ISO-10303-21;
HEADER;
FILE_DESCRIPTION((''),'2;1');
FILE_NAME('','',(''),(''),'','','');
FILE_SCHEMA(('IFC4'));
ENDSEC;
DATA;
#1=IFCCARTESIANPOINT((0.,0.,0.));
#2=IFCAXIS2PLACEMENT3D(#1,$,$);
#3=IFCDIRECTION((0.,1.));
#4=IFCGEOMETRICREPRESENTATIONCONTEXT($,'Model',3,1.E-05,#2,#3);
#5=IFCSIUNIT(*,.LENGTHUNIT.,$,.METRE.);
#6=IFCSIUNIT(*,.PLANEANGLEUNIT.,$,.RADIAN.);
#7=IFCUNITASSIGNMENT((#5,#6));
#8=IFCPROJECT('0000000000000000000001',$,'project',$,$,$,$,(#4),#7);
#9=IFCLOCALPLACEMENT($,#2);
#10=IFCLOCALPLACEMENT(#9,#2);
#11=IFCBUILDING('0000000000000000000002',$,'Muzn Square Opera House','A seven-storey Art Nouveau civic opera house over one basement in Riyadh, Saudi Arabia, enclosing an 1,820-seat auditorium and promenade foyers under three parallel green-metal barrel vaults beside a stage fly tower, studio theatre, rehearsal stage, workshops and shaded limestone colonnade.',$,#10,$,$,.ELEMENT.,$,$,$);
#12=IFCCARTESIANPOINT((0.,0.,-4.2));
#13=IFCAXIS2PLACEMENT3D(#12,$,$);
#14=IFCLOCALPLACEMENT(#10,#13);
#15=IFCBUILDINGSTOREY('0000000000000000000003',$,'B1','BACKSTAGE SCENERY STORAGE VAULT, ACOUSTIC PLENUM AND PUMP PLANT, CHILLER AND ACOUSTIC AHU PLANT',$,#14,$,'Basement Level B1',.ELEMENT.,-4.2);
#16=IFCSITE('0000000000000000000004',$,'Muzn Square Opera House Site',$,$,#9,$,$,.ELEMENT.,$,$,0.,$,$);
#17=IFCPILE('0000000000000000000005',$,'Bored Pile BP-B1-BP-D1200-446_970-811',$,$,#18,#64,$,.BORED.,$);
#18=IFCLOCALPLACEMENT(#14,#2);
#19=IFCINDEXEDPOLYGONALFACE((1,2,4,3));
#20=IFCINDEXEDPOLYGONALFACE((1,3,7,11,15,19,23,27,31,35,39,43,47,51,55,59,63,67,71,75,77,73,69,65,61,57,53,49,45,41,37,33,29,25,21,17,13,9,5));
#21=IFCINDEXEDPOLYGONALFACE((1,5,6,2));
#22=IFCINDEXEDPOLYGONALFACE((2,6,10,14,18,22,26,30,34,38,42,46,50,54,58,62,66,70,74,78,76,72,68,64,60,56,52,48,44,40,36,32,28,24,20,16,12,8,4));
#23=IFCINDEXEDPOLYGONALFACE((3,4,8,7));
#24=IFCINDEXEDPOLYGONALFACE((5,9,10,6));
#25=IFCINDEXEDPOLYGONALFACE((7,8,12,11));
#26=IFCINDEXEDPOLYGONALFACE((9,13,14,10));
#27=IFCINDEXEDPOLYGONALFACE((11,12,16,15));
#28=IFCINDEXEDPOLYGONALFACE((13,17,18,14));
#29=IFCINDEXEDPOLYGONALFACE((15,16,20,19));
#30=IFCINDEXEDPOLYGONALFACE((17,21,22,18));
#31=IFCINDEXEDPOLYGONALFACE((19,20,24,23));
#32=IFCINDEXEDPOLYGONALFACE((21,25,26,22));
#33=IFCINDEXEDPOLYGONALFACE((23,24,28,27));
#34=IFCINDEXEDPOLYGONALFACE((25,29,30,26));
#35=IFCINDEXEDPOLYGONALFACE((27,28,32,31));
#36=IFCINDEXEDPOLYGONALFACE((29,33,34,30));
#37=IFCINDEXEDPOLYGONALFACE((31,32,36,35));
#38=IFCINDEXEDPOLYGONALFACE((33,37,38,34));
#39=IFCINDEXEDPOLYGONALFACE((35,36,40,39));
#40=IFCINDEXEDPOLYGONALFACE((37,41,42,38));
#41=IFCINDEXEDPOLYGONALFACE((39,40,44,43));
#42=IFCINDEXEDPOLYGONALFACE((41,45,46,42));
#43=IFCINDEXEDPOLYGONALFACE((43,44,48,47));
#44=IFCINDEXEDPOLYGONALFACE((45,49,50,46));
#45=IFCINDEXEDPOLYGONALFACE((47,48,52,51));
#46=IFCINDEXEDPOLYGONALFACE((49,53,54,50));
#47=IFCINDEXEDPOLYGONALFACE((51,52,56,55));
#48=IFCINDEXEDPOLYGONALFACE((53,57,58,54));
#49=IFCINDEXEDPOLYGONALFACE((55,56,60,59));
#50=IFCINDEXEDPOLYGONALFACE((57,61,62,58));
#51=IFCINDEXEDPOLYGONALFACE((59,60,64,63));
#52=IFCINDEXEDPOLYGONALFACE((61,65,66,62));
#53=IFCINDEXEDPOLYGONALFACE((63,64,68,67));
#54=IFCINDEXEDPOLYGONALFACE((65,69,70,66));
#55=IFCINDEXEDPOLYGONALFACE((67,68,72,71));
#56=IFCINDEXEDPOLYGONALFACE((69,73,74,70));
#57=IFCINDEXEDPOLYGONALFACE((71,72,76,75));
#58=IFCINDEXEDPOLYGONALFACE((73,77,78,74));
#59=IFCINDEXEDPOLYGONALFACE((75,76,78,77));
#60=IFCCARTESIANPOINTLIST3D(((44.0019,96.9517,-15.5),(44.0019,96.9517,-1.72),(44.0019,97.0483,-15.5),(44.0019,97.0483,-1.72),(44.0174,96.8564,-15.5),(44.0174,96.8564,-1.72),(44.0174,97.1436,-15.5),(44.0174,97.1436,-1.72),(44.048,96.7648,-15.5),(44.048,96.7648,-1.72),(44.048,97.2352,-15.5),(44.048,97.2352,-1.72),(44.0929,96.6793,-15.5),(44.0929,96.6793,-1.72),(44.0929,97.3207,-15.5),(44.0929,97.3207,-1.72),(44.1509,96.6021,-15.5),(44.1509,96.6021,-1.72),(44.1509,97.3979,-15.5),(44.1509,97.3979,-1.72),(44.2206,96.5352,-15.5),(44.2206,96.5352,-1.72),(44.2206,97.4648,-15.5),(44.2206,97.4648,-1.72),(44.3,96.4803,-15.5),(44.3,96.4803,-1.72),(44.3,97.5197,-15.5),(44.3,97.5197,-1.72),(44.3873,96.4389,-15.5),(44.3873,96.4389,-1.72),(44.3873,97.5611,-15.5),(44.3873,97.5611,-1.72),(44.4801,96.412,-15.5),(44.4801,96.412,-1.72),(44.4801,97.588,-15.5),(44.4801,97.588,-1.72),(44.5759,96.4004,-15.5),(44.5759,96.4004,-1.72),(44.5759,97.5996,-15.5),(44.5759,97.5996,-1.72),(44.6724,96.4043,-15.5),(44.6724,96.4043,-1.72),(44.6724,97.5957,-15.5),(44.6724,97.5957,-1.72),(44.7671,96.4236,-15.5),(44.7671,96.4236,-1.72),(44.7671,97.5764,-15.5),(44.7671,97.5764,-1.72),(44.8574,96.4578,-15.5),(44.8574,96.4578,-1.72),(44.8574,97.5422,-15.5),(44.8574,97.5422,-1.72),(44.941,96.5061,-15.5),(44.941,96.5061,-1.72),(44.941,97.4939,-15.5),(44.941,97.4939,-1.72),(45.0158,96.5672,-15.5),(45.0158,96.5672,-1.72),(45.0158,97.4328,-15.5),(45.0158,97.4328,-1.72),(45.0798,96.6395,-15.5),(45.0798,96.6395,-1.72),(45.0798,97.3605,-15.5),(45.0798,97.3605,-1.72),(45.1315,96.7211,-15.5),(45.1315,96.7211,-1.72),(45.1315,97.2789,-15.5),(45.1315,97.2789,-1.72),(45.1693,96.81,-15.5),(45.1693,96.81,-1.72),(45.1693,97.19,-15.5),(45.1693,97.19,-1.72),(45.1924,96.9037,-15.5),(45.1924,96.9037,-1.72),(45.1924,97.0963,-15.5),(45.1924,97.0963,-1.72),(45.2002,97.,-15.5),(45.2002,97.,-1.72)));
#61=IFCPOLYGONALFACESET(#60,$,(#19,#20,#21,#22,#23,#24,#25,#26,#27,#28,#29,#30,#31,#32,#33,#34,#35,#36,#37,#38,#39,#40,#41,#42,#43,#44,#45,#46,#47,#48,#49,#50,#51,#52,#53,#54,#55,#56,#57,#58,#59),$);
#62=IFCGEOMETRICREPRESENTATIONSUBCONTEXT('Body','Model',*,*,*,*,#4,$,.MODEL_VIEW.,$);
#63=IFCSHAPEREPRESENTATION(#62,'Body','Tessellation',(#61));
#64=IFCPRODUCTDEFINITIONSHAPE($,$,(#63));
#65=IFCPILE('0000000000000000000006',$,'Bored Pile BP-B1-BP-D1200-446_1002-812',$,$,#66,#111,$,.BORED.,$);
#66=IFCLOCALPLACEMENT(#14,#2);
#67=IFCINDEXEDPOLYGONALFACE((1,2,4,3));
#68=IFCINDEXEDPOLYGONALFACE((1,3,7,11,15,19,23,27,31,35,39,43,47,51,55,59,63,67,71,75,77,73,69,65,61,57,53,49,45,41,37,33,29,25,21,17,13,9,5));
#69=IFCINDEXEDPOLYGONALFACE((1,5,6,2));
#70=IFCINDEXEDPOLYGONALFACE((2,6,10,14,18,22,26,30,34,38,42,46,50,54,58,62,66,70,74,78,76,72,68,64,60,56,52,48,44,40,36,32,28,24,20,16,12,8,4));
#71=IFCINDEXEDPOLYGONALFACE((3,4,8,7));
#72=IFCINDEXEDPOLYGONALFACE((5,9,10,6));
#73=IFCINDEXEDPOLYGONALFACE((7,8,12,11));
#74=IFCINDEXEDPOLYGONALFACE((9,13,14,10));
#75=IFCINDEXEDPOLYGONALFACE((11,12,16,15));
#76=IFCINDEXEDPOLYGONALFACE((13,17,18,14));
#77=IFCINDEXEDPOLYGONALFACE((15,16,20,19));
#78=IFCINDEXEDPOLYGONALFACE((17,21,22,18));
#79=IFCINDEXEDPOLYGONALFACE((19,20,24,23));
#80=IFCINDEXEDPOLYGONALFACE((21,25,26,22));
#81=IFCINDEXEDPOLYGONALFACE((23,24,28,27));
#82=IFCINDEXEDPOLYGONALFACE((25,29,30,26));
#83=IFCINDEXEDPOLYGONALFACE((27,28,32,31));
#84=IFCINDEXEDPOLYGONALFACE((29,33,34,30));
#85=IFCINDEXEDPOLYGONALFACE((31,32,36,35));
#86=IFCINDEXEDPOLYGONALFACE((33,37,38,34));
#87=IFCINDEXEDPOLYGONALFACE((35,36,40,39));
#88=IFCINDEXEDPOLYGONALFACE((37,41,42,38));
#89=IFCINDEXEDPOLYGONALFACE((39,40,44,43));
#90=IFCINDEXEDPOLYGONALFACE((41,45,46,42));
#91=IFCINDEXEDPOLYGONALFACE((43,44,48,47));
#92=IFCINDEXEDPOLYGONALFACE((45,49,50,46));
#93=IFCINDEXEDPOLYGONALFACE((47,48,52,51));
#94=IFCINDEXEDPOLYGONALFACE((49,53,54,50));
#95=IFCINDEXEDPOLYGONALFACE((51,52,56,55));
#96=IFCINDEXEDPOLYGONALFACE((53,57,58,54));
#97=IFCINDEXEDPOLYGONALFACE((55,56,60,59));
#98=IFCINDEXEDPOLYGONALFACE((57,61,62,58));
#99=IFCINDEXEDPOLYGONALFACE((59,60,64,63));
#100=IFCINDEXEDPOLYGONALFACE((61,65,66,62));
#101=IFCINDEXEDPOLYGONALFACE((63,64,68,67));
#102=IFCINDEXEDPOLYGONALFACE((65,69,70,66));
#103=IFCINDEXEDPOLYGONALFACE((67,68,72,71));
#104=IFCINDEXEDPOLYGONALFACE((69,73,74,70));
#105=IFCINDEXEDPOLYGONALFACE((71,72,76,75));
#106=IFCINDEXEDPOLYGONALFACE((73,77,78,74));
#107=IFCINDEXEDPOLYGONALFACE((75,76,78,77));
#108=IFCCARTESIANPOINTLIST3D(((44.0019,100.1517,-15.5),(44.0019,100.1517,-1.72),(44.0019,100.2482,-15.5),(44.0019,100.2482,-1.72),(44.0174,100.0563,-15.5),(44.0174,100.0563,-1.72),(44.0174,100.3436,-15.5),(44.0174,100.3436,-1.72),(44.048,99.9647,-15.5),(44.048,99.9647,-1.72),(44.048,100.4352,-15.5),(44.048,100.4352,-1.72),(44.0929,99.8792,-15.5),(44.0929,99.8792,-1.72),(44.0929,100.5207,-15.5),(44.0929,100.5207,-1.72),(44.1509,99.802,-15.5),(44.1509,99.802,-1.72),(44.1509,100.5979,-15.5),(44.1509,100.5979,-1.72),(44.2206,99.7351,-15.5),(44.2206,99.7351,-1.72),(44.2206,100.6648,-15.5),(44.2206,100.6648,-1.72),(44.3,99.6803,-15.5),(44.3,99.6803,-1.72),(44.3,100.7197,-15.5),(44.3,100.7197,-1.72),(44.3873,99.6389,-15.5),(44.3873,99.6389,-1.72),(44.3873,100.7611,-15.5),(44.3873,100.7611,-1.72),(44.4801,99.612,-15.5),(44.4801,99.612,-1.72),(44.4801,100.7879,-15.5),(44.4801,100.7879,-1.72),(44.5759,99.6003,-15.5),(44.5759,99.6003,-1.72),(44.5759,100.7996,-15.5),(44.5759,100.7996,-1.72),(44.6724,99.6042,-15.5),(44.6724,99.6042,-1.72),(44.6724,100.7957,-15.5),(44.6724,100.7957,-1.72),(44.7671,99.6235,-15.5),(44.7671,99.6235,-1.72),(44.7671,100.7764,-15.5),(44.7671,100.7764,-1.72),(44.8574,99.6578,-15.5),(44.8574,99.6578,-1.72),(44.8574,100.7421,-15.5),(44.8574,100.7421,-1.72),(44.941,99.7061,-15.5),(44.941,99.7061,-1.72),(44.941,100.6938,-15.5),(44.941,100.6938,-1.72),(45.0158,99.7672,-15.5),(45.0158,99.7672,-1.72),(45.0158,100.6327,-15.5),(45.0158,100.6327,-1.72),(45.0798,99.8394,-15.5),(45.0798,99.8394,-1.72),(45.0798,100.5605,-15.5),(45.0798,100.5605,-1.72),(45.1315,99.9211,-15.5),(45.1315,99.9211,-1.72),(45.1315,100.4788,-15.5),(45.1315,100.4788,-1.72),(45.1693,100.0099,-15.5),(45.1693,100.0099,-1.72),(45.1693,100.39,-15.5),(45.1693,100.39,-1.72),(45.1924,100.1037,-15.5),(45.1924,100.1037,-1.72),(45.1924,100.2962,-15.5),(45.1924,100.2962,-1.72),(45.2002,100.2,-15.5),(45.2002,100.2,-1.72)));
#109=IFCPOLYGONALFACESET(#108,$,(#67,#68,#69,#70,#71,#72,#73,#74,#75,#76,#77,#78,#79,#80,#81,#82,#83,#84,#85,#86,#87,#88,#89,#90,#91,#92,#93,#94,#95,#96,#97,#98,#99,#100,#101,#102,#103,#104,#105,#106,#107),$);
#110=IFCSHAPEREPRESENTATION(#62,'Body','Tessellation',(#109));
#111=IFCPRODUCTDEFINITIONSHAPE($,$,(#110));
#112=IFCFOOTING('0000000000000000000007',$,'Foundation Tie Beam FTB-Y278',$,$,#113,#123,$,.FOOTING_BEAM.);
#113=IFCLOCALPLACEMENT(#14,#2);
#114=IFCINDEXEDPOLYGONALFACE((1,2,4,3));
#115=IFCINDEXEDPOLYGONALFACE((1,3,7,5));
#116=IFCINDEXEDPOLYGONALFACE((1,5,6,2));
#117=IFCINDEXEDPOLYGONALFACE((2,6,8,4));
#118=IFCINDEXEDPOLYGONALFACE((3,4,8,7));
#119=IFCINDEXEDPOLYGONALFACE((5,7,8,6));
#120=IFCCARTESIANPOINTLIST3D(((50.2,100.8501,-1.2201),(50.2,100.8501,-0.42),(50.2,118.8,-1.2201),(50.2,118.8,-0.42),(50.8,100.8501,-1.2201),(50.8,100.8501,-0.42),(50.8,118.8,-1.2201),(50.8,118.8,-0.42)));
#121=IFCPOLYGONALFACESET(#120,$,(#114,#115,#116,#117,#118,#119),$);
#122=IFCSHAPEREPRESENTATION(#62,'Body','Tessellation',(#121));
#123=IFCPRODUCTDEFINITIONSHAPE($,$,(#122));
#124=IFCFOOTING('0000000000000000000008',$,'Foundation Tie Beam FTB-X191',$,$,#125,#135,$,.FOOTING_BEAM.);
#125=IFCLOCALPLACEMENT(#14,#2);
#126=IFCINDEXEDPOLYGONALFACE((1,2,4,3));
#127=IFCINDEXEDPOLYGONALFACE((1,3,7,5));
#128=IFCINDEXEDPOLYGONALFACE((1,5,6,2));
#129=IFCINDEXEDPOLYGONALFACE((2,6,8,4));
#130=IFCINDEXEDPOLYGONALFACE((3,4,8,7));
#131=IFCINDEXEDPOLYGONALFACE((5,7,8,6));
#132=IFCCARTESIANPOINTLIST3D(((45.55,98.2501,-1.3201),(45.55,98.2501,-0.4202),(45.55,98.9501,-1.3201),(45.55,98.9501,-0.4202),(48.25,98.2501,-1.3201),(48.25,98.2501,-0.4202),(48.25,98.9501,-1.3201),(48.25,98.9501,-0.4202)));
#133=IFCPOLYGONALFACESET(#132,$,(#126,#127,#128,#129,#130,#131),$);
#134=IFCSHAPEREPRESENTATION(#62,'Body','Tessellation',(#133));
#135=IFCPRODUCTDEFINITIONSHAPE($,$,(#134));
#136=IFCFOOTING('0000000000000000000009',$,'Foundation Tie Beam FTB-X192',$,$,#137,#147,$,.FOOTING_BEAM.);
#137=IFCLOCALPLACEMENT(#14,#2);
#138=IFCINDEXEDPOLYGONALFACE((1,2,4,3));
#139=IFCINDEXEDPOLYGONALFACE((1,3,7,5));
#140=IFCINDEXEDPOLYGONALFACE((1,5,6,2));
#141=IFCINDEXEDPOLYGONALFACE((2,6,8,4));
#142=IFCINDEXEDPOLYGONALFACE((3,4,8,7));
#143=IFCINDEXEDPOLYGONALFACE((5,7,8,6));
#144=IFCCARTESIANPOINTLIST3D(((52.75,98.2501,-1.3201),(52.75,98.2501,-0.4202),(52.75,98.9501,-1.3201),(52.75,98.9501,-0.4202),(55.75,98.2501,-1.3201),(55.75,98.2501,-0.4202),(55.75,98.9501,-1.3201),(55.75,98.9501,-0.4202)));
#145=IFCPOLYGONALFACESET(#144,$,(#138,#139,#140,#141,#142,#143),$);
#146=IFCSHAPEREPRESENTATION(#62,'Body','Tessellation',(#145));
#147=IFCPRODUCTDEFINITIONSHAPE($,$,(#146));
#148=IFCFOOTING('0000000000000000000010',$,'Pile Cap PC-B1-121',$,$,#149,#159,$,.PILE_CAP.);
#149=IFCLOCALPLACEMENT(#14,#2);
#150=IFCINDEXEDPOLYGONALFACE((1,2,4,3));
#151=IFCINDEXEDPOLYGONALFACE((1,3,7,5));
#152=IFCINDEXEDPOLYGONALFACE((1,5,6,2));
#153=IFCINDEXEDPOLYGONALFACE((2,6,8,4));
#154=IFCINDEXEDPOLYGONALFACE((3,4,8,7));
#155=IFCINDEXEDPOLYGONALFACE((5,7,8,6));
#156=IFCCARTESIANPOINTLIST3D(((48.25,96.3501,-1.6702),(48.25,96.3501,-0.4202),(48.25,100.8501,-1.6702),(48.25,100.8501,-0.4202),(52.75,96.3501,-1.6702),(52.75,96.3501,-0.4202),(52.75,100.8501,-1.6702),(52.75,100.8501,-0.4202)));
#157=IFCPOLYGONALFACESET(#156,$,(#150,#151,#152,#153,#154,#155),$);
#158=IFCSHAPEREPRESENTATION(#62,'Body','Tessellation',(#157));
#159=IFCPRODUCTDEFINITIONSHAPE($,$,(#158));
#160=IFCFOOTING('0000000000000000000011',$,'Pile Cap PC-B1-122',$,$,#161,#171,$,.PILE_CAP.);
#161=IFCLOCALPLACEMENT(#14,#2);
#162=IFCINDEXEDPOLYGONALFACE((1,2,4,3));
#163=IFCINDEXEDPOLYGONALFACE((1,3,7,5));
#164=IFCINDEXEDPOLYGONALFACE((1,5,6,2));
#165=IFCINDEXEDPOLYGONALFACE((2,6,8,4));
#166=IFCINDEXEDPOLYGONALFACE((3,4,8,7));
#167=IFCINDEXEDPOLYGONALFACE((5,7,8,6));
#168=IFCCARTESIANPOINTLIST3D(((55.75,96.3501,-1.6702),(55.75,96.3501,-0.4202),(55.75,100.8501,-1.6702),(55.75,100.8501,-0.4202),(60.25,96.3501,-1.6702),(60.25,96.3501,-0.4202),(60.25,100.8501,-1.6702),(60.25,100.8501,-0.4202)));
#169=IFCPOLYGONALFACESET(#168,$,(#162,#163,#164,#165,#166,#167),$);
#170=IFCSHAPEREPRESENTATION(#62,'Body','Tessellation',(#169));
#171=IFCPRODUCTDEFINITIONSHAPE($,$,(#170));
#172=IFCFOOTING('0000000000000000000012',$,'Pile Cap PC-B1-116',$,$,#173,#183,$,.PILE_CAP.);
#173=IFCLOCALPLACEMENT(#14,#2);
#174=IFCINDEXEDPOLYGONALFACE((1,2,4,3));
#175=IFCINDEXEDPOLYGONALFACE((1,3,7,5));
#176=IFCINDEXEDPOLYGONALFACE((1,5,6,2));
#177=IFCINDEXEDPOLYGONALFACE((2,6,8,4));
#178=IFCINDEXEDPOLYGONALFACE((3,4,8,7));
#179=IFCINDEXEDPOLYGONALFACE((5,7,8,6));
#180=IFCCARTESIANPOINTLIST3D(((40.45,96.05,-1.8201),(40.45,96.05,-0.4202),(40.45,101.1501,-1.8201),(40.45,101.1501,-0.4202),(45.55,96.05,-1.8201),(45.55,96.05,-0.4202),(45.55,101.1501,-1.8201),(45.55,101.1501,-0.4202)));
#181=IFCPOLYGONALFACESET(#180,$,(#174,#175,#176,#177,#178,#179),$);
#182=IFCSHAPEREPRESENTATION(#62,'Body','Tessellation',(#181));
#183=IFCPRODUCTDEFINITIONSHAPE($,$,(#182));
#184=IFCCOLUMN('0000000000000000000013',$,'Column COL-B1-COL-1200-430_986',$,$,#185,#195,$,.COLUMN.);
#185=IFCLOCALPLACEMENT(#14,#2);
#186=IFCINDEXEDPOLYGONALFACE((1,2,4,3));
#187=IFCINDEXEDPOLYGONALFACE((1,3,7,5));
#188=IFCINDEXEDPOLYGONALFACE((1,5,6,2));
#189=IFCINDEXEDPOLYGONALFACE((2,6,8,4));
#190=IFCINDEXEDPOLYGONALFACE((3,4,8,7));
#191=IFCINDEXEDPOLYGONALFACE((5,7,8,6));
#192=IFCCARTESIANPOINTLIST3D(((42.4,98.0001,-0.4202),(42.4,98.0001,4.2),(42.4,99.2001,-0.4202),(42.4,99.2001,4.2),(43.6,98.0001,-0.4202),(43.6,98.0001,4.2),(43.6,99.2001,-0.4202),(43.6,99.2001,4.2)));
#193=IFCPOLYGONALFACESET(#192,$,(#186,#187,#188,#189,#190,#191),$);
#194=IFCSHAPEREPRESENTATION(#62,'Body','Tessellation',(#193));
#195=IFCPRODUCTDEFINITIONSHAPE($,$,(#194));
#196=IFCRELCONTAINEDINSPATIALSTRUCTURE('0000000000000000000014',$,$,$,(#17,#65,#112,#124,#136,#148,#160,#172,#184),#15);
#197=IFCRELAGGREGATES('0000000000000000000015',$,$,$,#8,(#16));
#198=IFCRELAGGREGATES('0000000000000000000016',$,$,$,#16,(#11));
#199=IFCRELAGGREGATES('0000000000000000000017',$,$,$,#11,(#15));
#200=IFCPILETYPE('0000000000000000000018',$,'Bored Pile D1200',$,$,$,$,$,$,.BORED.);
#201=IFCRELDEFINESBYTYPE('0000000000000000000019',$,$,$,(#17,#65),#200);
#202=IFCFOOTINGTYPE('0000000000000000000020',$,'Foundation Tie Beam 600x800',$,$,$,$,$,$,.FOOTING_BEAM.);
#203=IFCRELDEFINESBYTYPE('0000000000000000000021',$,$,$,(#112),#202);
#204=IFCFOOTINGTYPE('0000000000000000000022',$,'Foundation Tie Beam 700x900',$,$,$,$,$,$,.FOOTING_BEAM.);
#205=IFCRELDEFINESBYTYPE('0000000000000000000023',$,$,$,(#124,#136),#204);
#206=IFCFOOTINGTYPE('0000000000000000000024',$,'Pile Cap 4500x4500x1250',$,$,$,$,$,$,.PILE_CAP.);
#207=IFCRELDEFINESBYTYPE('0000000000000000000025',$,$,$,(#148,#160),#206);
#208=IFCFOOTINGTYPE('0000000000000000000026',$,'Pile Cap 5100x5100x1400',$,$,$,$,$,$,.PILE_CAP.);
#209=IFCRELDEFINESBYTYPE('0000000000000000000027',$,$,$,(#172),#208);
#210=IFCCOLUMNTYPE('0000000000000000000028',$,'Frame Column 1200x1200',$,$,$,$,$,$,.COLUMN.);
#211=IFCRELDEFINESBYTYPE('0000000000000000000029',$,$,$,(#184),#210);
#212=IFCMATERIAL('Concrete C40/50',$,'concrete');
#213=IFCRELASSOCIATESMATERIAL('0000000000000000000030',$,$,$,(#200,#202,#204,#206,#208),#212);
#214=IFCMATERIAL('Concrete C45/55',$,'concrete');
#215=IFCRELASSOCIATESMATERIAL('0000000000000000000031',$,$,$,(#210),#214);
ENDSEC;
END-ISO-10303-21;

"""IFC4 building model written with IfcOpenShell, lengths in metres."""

from ifc_helpers import new_model, si_unit, direction, frame, origin, origin_2d, place, context, subcontext, project, spatial, rectangle, circle, extrude, material, material_profile, profile_set, type_object, element, save


model = new_model("IFC4")

# Units and contexts
model_context = context("Model", 3, precision=1e-05, world=origin(), true_north=direction((0.0, 1.0)))
body_context = subcontext(model_context, "Body", "Model", "MODEL_VIEW")
ifc_project = project(units=[si_unit("LENGTHUNIT", "METRE"), si_unit("PLANEANGLEUNIT", "RADIAN")], contexts=[model_context])

# Site, building, storey
site_placement = place(None, origin())
site = spatial("IfcSite", under=ifc_project, at=site_placement, Name="Muzn Square Opera House Site", CompositionType="ELEMENT", RefElevation=0.0)
building_placement = place(site_placement, origin())
building = spatial("IfcBuilding", under=site, at=building_placement, Name="Muzn Square Opera House", Description="A seven-storey Art Nouveau civic opera house over one basement in Riyadh, Saudi Arabia, enclosing an 1,820-seat auditorium and promenade foyers under three parallel green-metal barrel vaults beside a stage fly tower, studio theatre, rehearsal stage, workshops and shaded limestone colonnade.", CompositionType="ELEMENT")
storey_placement = place(building_placement, frame((0.0, 0.0, -4.2)))
storey = spatial("IfcBuildingStorey", under=building, at=storey_placement, Name="B1", Description="BACKSTAGE SCENERY STORAGE VAULT, ACOUSTIC PLENUM AND PUMP PLANT, CHILLER AND ACOUSTIC AHU PLANT", LongName="Basement Level B1", CompositionType="ELEMENT", Elevation=-4.2)

# Piles
ifc_material_1 = material(Name="Concrete C40/50", Category="concrete")
ifc_material_profile_1 = material_profile(ifc_material_1, circle(Radius=0.6001, at=origin_2d()), Name="BORED PILE D1200", Category="concrete")
ifc_profile_set_1 = profile_set([ifc_material_profile_1], Name="Concrete C40/50")
pile_type_1 = type_object("IfcPileType", Name="Bored Pile D1200", PredefinedType="BORED", material=ifc_profile_set_1)
for number, where, z_axis, x_axis, name in (
    (1, (44.6001, 97.0, -1.72), (0.0, 0.0, -1.0), (1.0, 0.0, 0.0), "Bored Pile BP-B1-BP-D1200-446_970-811"),
    (2, (44.6001, 100.2, -1.72), (0.0, 0.0, -1.0), (1.0, 0.0, 0.0), "Bored Pile BP-B1-BP-D1200-446_1002-812"),
):
    element("IfcPile", number, at=place(storey_placement, frame(where, z_axis=z_axis, x_axis=x_axis)), inside=storey, type_object=pile_type_1, Name=name, PredefinedType="BORED", context=body_context, shape_type="SweptSolid", body=[
        extrude(circle(Radius=0.6001, at=origin_2d()), origin(), (0.0, 0.0, 1.0), 13.78),
    ])

# Footings
ifc_material_profile_2 = material_profile(ifc_material_1, rectangle(XDim=0.6001, YDim=0.8, at=origin_2d()), Name="RCTB 600x800", Category="concrete")
ifc_profile_set_2 = profile_set([ifc_material_profile_2], Name="Concrete C40/50")
footing_type_1 = type_object("IfcFootingType", Name="Foundation Tie Beam 600x800", PredefinedType="FOOTING_BEAM", material=ifc_profile_set_2)
footing_1_placement = place(storey_placement, frame((50.5, 100.8501, -0.8201), z_axis=(0.0, 1.0, 0.0), x_axis=(-1.0, 0.0, 0.0)))
element("IfcFooting", 3, at=footing_1_placement, inside=storey, type_object=footing_type_1, Name="Foundation Tie Beam FTB-Y278", PredefinedType="FOOTING_BEAM", context=body_context, shape_type="SweptSolid", body=[
    extrude(rectangle(XDim=0.6001, YDim=0.8, at=origin_2d()), origin(), (0.0, 0.0, 1.0), 17.95),
])
ifc_material_profile_3 = material_profile(ifc_material_1, rectangle(XDim=0.7, YDim=0.8999, at=origin_2d()), Name="RCTB 700x900", Category="concrete")
ifc_profile_set_3 = profile_set([ifc_material_profile_3], Name="Concrete C40/50")
footing_type_2 = type_object("IfcFootingType", Name="Foundation Tie Beam 700x900", PredefinedType="FOOTING_BEAM", material=ifc_profile_set_3)
footing_2_placement = place(storey_placement, frame((45.55, 98.6001, -0.8701), z_axis=(1.0, 0.0, 0.0), x_axis=(0.0, 1.0, 0.0)))
element("IfcFooting", 4, at=footing_2_placement, inside=storey, type_object=footing_type_2, Name="Foundation Tie Beam FTB-X191", PredefinedType="FOOTING_BEAM", context=body_context, shape_type="SweptSolid", body=[
    extrude(rectangle(XDim=0.7, YDim=0.8999, at=origin_2d()), origin(), (0.0, 0.0, 1.0), 2.7),
])
footing_3_placement = place(storey_placement, frame((52.75, 98.6001, -0.8701), z_axis=(1.0, 0.0, 0.0), x_axis=(0.0, 1.0, 0.0)))
element("IfcFooting", 5, at=footing_3_placement, inside=storey, type_object=footing_type_2, Name="Foundation Tie Beam FTB-X192", PredefinedType="FOOTING_BEAM", context=body_context, shape_type="SweptSolid", body=[
    extrude(rectangle(XDim=0.7, YDim=0.8999, at=origin_2d()), origin(), (0.0, 0.0, 1.0), 3.0),
])
footing_type_3 = type_object("IfcFootingType", Name="Pile Cap 4500x4500x1250", PredefinedType="PILE_CAP", material=ifc_material_1)
for number, where, z_axis, x_axis, name in (
    (6, (50.5, 98.6001, -1.6702), (0.0, 0.0, 1.0), (1.0, 0.0, 0.0), "Pile Cap PC-B1-121"),
    (7, (58.0, 98.6001, -1.6702), (0.0, 0.0, 1.0), (1.0, 0.0, 0.0), "Pile Cap PC-B1-122"),
):
    element("IfcFooting", number, at=place(storey_placement, frame(where, z_axis=z_axis, x_axis=x_axis)), inside=storey, type_object=footing_type_3, Name=name, PredefinedType="PILE_CAP", context=body_context, shape_type="SweptSolid", body=[
        extrude(rectangle(XDim=4.5, YDim=4.5, at=origin_2d()), origin(), (0.0, 0.0, 1.0), 1.25),
    ])
footing_type_4 = type_object("IfcFootingType", Name="Pile Cap 5100x5100x1400", PredefinedType="PILE_CAP", material=ifc_material_1)
footing_4_placement = place(storey_placement, frame((43.0, 98.6001, -1.8201), z_axis=(0.0, 0.0, 1.0), x_axis=(1.0, 0.0, 0.0)))
element("IfcFooting", 8, at=footing_4_placement, inside=storey, type_object=footing_type_4, Name="Pile Cap PC-B1-116", PredefinedType="PILE_CAP", context=body_context, shape_type="SweptSolid", body=[
    extrude(rectangle(XDim=5.1001, YDim=5.1001, at=origin_2d()), origin(), (0.0, 0.0, 1.0), 1.3999),
])

# Column
ifc_material_2 = material(Name="Concrete C45/55", Category="concrete")
ifc_material_profile_4 = material_profile(ifc_material_2, rectangle(XDim=1.2, YDim=1.2, at=origin_2d()), Name="RC 1200x1200", Category="concrete")
ifc_profile_set_4 = profile_set([ifc_material_profile_4], Name="Concrete C45/55")
column_type_1 = type_object("IfcColumnType", Name="Frame Column 1200x1200", PredefinedType="COLUMN", material=ifc_profile_set_4)
column_placement = place(storey_placement, frame((43.0, 98.6001, -0.4202), z_axis=(0.0, 0.0, 1.0), x_axis=(1.0, 0.0, 0.0)))
element("IfcColumn", 9, at=column_placement, inside=storey, type_object=column_type_1, Name="Column COL-B1-COL-1200-430_986", PredefinedType="COLUMN", context=body_context, shape_type="SweptSolid", body=[
    extrude(rectangle(XDim=1.2, YDim=1.2, at=origin_2d()), origin(), (0.0, 0.0, 1.0), 4.6201),
])

save(model, "model.ifc")
